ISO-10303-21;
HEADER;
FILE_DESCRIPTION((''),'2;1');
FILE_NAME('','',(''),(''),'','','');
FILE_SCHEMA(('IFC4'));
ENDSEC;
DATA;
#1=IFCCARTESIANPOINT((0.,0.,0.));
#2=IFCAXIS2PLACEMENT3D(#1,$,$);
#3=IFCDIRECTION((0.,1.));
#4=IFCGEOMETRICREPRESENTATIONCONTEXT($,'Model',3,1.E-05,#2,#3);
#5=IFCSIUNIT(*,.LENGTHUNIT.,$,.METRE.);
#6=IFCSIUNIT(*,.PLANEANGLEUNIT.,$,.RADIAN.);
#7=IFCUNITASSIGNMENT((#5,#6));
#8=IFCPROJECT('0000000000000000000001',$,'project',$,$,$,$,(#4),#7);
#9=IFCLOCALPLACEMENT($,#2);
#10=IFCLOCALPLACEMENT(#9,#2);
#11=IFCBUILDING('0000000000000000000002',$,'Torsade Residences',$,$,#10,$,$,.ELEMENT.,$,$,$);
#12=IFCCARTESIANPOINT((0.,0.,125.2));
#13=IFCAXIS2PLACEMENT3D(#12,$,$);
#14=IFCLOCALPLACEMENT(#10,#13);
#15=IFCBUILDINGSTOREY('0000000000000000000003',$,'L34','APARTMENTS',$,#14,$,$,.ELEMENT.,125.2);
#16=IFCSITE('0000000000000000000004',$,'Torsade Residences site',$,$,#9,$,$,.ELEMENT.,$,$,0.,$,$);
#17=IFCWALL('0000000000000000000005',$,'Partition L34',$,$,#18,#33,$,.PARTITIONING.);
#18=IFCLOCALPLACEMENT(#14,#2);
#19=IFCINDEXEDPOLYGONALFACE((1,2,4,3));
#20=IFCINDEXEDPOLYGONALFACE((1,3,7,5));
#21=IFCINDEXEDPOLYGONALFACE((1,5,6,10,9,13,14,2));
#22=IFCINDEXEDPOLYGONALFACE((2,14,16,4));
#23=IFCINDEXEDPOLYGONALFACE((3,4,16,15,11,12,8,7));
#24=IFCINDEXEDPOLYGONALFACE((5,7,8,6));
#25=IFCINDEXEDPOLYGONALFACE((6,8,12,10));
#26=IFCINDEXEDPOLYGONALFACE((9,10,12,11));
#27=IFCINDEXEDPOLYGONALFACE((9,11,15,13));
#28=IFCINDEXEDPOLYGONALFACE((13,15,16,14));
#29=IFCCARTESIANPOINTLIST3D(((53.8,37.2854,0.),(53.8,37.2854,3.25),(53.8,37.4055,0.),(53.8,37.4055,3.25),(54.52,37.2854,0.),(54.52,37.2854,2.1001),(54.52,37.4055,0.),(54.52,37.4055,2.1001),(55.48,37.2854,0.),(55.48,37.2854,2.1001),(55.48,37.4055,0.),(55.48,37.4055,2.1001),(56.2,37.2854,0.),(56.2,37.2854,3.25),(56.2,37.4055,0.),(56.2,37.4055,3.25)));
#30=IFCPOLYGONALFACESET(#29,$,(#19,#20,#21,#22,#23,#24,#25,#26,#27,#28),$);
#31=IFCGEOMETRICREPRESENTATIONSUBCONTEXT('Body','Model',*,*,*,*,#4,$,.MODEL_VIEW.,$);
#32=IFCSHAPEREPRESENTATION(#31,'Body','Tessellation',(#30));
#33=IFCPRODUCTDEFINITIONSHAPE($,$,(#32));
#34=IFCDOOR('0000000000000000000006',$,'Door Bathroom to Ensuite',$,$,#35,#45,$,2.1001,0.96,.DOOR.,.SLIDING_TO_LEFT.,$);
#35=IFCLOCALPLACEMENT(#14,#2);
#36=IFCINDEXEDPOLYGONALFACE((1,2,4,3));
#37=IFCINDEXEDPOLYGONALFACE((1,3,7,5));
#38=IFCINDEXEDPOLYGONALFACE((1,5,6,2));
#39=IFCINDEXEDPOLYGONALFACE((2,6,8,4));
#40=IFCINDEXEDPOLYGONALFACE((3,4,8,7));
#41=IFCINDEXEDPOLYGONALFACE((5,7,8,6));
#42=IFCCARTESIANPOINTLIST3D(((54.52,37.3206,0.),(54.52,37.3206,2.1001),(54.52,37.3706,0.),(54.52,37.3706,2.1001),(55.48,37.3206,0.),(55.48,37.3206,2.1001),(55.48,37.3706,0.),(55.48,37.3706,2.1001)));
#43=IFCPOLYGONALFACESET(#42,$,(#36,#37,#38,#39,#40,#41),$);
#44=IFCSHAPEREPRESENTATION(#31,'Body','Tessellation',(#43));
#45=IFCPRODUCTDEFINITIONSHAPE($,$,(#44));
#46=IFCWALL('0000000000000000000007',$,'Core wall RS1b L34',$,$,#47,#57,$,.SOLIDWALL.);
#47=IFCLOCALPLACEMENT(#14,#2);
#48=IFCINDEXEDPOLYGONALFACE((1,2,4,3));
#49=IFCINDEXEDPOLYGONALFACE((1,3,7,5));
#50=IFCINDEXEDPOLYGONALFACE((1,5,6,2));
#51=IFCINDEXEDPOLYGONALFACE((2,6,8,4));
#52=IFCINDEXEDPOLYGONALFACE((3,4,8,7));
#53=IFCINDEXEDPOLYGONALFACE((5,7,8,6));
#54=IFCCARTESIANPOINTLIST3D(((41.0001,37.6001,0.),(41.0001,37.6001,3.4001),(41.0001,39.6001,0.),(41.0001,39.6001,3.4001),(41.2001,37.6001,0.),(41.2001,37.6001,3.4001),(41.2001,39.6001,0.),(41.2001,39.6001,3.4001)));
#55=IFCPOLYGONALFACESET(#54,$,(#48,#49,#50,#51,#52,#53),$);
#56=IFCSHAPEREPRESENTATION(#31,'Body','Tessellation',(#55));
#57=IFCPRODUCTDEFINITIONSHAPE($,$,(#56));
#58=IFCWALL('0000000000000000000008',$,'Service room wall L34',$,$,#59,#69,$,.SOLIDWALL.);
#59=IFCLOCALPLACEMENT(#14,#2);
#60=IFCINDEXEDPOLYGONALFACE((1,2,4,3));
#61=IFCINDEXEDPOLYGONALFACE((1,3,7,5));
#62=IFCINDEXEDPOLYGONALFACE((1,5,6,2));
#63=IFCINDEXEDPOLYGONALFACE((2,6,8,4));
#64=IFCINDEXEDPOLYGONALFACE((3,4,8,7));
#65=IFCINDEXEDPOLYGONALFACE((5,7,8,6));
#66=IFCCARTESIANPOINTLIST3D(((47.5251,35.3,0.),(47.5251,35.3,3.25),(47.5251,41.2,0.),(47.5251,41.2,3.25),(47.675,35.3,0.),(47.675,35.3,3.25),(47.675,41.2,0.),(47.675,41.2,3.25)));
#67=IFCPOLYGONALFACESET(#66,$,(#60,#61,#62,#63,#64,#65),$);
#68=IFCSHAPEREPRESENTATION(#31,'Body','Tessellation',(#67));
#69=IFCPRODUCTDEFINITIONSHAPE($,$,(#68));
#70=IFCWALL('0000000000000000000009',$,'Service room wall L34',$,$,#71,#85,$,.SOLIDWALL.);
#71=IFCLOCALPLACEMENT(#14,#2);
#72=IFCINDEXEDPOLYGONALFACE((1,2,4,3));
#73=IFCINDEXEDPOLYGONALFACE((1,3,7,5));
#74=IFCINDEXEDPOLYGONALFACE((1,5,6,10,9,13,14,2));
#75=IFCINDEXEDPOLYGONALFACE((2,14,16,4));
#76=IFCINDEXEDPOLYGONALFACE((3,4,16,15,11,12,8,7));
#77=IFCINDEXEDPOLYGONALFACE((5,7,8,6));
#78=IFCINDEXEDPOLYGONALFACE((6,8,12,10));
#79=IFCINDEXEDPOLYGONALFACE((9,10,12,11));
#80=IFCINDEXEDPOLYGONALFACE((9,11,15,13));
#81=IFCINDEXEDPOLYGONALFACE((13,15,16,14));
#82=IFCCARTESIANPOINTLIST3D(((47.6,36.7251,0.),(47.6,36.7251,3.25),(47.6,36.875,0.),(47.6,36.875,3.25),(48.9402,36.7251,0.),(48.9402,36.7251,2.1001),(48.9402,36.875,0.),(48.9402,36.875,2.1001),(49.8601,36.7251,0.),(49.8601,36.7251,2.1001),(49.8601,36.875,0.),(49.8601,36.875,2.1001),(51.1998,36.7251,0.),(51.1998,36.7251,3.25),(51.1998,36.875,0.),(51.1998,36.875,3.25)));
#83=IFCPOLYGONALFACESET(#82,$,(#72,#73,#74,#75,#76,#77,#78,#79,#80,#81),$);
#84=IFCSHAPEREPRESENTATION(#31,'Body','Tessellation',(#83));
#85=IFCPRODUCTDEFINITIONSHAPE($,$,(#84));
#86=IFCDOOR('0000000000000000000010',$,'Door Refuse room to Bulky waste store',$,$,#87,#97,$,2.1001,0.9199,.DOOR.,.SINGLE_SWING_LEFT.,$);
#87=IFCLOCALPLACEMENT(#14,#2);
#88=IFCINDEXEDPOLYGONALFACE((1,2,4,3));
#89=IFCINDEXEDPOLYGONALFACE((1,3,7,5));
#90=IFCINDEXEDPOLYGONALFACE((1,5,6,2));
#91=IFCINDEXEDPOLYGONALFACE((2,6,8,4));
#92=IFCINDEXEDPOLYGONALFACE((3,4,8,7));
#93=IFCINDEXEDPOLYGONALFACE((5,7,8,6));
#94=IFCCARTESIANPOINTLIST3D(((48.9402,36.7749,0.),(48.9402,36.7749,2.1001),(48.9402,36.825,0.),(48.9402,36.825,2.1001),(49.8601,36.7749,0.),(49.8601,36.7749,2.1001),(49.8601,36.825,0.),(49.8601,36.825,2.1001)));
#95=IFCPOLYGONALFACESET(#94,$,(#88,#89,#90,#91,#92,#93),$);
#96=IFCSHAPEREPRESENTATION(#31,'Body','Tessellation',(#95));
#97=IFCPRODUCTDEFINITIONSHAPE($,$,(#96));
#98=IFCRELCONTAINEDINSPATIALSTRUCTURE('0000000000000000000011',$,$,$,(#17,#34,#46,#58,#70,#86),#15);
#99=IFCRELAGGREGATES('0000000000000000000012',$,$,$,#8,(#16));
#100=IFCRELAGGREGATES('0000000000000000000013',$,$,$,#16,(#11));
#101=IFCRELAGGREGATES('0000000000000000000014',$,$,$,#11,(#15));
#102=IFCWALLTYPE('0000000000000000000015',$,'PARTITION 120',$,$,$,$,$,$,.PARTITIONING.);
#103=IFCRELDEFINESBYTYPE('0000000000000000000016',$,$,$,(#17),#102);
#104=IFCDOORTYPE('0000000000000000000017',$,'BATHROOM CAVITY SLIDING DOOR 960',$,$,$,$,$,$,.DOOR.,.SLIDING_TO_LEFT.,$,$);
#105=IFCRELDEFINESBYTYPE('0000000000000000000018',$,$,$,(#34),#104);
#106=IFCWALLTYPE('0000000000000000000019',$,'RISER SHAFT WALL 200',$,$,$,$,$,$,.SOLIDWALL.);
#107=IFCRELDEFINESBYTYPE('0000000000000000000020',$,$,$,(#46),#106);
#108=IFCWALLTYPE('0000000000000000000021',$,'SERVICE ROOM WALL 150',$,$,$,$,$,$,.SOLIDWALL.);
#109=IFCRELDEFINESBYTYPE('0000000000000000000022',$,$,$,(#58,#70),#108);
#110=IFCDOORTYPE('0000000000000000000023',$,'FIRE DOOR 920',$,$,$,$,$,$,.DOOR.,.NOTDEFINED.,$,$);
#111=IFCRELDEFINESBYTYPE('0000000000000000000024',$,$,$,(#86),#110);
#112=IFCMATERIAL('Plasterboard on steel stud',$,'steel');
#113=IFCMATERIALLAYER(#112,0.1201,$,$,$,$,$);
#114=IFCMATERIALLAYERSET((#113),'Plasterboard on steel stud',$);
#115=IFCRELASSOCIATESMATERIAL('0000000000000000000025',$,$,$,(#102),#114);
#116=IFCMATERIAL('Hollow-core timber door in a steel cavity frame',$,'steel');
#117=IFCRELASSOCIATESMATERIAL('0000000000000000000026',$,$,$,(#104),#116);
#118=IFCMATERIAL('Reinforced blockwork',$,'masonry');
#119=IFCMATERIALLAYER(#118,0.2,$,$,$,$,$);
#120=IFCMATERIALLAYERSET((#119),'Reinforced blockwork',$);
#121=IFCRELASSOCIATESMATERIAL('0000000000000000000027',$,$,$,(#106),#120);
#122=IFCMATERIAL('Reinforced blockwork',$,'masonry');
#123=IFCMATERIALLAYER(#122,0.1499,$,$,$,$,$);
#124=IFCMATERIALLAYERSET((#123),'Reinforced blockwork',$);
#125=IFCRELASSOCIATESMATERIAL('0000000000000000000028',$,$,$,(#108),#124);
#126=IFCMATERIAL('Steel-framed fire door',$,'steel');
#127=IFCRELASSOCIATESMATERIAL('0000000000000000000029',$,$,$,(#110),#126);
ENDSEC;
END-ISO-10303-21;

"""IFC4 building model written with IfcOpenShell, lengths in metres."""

from ifc_helpers import new_model, si_unit, direction, frame, frame_2d, origin, place, context, subcontext, project, spatial, rectangle, extrude, material, layer, layer_set, type_object, element, fill, save


model = new_model("IFC4")

# Units and contexts
model_context = context("Model", 3, precision=1e-05, world=origin(), true_north=direction((0.0, 1.0)))
body_context = subcontext(model_context, "Body", "Model", "MODEL_VIEW")
ifc_project = project(units=[si_unit("LENGTHUNIT", "METRE"), si_unit("PLANEANGLEUNIT", "RADIAN")], contexts=[model_context])

# Site, building, storey
site_placement = place(None, origin())
site = spatial("IfcSite", under=ifc_project, at=site_placement, Name="Torsade Residences site", CompositionType="ELEMENT", RefElevation=0.0)
building_placement = place(site_placement, origin())
building = spatial("IfcBuilding", under=site, at=building_placement, Name="Torsade Residences", CompositionType="ELEMENT")
storey_placement = place(building_placement, frame((0.0, 0.0, 125.2)))
storey = spatial("IfcBuildingStorey", under=building, at=storey_placement, Name="L34", Description="APARTMENTS", CompositionType="ELEMENT", Elevation=125.2)

# Wall, opening, door
ifc_material_1 = material(Name="Plasterboard on steel stud", Category="steel")
ifc_layer_1 = layer(ifc_material_1, 0.1201)
ifc_layer_set_1 = layer_set([ifc_layer_1], Name="Plasterboard on steel stud")
wall_type_1 = type_object("IfcWallType", Name="PARTITION 120", PredefinedType="PARTITIONING", material=ifc_layer_set_1)
wall_1_placement = place(storey_placement, frame((56.2, 37.3455, 0.0), z_axis=(0.0, 0.0, 1.0), x_axis=(-1.0, 0.0, 0.0)))
wall_1 = element("IfcWall", 1, at=wall_1_placement, inside=storey, type_object=wall_type_1, Name="Partition L34", PredefinedType="PARTITIONING", context=body_context, shape_type="SweptSolid", body=[
    extrude(rectangle(XDim=2.3999, YDim=0.1201, at=frame_2d((1.2, 0.0))), origin(), (0.0, 0.0, 1.0), 3.25),
])
opening_1_placement = place(wall_1_placement, frame((0.72, 0.0, 0.0)))
opening_1 = element("IfcOpeningElement", 2, at=opening_1_placement, cuts=wall_1, PredefinedType="OPENING", context=body_context, shape_type="SweptSolid", body=[
    extrude(rectangle(XDim=0.96, YDim=2.1001, at=frame_2d((0.48, 1.05))), frame((0.0, 0.0701, 0.0), z_axis=(0.0, -1.0, 0.0), x_axis=(1.0, 0.0, 0.0)), (0.0, 0.0, 1.0), 0.1401),
])
ifc_material_2 = material(Name="Hollow-core timber door in a steel cavity frame", Category="steel")
door_type_1 = type_object("IfcDoorType", Name="BATHROOM CAVITY SLIDING DOOR 960", OperationType="SLIDING_TO_LEFT", PredefinedType="DOOR", material=ifc_material_2)
door_1_placement = place(opening_1_placement, origin())
door_1 = element("IfcDoor", 3, at=door_1_placement, inside=storey, type_object=door_type_1, Name="Door Bathroom to Ensuite", OperationType="SLIDING_TO_LEFT", OverallHeight=2.1001, OverallWidth=0.96, PredefinedType="DOOR", context=body_context, shape_type="SweptSolid", body=[
    extrude(rectangle(XDim=0.96, YDim=2.1001, at=frame_2d((0.48, 1.05))), frame((0.0, 0.0249, 0.0), z_axis=(0.0, -1.0, 0.0), x_axis=(1.0, 0.0, 0.0)), (0.0, 0.0, 1.0), 0.05),
])
fill(opening_1, door_1)

# Walls
ifc_material_3 = material(Name="Reinforced blockwork", Category="masonry")
ifc_layer_2 = layer(ifc_material_3, 0.2)
ifc_layer_set_2 = layer_set([ifc_layer_2], Name="Reinforced blockwork")
wall_type_2 = type_object("IfcWallType", Name="RISER SHAFT WALL 200", PredefinedType="SOLIDWALL", material=ifc_layer_set_2)
wall_2_placement = place(storey_placement, frame((41.1001, 37.6001, 0.0), z_axis=(0.0, 0.0, 1.0), x_axis=(0.0, 1.0, 0.0)))
element("IfcWall", 4, at=wall_2_placement, inside=storey, type_object=wall_type_2, Name="Core wall RS1b L34", PredefinedType="SOLIDWALL", context=body_context, shape_type="SweptSolid", body=[
    extrude(rectangle(XDim=2.0, YDim=0.2, at=frame_2d((1.0, 0.0))), origin(), (0.0, 0.0, 1.0), 3.4001),
])
ifc_material_4 = material(Name="Reinforced blockwork", Category="masonry")
ifc_layer_3 = layer(ifc_material_4, 0.1499)
ifc_layer_set_3 = layer_set([ifc_layer_3], Name="Reinforced blockwork")
wall_type_3 = type_object("IfcWallType", Name="SERVICE ROOM WALL 150", PredefinedType="SOLIDWALL", material=ifc_layer_set_3)
wall_3_placement = place(storey_placement, frame((47.6001, 41.2, 0.0), z_axis=(0.0, 0.0, 1.0), x_axis=(0.0, -1.0, 0.0)))
element("IfcWall", 5, at=wall_3_placement, inside=storey, type_object=wall_type_3, Name="Service room wall L34", PredefinedType="SOLIDWALL", context=body_context, shape_type="SweptSolid", body=[
    extrude(rectangle(XDim=5.8999, YDim=0.1499, at=frame_2d((2.95, 0.0))), origin(), (0.0, 0.0, 1.0), 3.25),
])

# Wall, opening, door
wall_4_placement = place(storey_placement, frame((47.6001, 36.8, 0.0), z_axis=(0.0, 0.0, 1.0), x_axis=(1.0, 0.0, 0.0)))
wall_4 = element("IfcWall", 6, at=wall_4_placement, inside=storey, type_object=wall_type_3, Name="Service room wall L34", PredefinedType="SOLIDWALL", context=body_context, shape_type="SweptSolid", body=[
    extrude(rectangle(XDim=3.5999, YDim=0.1499, at=frame_2d((1.7998, 0.0))), origin(), (0.0, 0.0, 1.0), 3.25),
])
opening_2_placement = place(wall_4_placement, frame((1.3401, 0.0, 0.0)))
opening_2 = element("IfcOpeningElement", 7, at=opening_2_placement, cuts=wall_4, PredefinedType="OPENING", context=body_context, shape_type="SweptSolid", body=[
    extrude(rectangle(XDim=0.9199, YDim=2.1001, at=frame_2d((0.46, 1.05))), frame((0.0, 0.085, 0.0), z_axis=(0.0, -1.0, 0.0), x_axis=(1.0, 0.0, 0.0)), (0.0, 0.0, 1.0), 0.1699),
])
ifc_material_5 = material(Name="Steel-framed fire door", Category="steel")
door_type_2 = type_object("IfcDoorType", Name="FIRE DOOR 920", OperationType="NOTDEFINED", PredefinedType="DOOR", material=ifc_material_5)
door_2_placement = place(opening_2_placement, origin())
door_2 = element("IfcDoor", 8, at=door_2_placement, inside=storey, type_object=door_type_2, Name="Door Refuse room to Bulky waste store", OperationType="SINGLE_SWING_LEFT", OverallHeight=2.1001, OverallWidth=0.9199, PredefinedType="DOOR", context=body_context, shape_type="SweptSolid", body=[
    extrude(rectangle(XDim=0.9199, YDim=2.1001, at=frame_2d((0.46, 1.05))), frame((0.0, 0.0249, 0.0), z_axis=(0.0, -1.0, 0.0), x_axis=(1.0, 0.0, 0.0)), (0.0, 0.0, 1.0), 0.05),
])
fill(opening_2, door_2)

save(model, "model.ifc")
